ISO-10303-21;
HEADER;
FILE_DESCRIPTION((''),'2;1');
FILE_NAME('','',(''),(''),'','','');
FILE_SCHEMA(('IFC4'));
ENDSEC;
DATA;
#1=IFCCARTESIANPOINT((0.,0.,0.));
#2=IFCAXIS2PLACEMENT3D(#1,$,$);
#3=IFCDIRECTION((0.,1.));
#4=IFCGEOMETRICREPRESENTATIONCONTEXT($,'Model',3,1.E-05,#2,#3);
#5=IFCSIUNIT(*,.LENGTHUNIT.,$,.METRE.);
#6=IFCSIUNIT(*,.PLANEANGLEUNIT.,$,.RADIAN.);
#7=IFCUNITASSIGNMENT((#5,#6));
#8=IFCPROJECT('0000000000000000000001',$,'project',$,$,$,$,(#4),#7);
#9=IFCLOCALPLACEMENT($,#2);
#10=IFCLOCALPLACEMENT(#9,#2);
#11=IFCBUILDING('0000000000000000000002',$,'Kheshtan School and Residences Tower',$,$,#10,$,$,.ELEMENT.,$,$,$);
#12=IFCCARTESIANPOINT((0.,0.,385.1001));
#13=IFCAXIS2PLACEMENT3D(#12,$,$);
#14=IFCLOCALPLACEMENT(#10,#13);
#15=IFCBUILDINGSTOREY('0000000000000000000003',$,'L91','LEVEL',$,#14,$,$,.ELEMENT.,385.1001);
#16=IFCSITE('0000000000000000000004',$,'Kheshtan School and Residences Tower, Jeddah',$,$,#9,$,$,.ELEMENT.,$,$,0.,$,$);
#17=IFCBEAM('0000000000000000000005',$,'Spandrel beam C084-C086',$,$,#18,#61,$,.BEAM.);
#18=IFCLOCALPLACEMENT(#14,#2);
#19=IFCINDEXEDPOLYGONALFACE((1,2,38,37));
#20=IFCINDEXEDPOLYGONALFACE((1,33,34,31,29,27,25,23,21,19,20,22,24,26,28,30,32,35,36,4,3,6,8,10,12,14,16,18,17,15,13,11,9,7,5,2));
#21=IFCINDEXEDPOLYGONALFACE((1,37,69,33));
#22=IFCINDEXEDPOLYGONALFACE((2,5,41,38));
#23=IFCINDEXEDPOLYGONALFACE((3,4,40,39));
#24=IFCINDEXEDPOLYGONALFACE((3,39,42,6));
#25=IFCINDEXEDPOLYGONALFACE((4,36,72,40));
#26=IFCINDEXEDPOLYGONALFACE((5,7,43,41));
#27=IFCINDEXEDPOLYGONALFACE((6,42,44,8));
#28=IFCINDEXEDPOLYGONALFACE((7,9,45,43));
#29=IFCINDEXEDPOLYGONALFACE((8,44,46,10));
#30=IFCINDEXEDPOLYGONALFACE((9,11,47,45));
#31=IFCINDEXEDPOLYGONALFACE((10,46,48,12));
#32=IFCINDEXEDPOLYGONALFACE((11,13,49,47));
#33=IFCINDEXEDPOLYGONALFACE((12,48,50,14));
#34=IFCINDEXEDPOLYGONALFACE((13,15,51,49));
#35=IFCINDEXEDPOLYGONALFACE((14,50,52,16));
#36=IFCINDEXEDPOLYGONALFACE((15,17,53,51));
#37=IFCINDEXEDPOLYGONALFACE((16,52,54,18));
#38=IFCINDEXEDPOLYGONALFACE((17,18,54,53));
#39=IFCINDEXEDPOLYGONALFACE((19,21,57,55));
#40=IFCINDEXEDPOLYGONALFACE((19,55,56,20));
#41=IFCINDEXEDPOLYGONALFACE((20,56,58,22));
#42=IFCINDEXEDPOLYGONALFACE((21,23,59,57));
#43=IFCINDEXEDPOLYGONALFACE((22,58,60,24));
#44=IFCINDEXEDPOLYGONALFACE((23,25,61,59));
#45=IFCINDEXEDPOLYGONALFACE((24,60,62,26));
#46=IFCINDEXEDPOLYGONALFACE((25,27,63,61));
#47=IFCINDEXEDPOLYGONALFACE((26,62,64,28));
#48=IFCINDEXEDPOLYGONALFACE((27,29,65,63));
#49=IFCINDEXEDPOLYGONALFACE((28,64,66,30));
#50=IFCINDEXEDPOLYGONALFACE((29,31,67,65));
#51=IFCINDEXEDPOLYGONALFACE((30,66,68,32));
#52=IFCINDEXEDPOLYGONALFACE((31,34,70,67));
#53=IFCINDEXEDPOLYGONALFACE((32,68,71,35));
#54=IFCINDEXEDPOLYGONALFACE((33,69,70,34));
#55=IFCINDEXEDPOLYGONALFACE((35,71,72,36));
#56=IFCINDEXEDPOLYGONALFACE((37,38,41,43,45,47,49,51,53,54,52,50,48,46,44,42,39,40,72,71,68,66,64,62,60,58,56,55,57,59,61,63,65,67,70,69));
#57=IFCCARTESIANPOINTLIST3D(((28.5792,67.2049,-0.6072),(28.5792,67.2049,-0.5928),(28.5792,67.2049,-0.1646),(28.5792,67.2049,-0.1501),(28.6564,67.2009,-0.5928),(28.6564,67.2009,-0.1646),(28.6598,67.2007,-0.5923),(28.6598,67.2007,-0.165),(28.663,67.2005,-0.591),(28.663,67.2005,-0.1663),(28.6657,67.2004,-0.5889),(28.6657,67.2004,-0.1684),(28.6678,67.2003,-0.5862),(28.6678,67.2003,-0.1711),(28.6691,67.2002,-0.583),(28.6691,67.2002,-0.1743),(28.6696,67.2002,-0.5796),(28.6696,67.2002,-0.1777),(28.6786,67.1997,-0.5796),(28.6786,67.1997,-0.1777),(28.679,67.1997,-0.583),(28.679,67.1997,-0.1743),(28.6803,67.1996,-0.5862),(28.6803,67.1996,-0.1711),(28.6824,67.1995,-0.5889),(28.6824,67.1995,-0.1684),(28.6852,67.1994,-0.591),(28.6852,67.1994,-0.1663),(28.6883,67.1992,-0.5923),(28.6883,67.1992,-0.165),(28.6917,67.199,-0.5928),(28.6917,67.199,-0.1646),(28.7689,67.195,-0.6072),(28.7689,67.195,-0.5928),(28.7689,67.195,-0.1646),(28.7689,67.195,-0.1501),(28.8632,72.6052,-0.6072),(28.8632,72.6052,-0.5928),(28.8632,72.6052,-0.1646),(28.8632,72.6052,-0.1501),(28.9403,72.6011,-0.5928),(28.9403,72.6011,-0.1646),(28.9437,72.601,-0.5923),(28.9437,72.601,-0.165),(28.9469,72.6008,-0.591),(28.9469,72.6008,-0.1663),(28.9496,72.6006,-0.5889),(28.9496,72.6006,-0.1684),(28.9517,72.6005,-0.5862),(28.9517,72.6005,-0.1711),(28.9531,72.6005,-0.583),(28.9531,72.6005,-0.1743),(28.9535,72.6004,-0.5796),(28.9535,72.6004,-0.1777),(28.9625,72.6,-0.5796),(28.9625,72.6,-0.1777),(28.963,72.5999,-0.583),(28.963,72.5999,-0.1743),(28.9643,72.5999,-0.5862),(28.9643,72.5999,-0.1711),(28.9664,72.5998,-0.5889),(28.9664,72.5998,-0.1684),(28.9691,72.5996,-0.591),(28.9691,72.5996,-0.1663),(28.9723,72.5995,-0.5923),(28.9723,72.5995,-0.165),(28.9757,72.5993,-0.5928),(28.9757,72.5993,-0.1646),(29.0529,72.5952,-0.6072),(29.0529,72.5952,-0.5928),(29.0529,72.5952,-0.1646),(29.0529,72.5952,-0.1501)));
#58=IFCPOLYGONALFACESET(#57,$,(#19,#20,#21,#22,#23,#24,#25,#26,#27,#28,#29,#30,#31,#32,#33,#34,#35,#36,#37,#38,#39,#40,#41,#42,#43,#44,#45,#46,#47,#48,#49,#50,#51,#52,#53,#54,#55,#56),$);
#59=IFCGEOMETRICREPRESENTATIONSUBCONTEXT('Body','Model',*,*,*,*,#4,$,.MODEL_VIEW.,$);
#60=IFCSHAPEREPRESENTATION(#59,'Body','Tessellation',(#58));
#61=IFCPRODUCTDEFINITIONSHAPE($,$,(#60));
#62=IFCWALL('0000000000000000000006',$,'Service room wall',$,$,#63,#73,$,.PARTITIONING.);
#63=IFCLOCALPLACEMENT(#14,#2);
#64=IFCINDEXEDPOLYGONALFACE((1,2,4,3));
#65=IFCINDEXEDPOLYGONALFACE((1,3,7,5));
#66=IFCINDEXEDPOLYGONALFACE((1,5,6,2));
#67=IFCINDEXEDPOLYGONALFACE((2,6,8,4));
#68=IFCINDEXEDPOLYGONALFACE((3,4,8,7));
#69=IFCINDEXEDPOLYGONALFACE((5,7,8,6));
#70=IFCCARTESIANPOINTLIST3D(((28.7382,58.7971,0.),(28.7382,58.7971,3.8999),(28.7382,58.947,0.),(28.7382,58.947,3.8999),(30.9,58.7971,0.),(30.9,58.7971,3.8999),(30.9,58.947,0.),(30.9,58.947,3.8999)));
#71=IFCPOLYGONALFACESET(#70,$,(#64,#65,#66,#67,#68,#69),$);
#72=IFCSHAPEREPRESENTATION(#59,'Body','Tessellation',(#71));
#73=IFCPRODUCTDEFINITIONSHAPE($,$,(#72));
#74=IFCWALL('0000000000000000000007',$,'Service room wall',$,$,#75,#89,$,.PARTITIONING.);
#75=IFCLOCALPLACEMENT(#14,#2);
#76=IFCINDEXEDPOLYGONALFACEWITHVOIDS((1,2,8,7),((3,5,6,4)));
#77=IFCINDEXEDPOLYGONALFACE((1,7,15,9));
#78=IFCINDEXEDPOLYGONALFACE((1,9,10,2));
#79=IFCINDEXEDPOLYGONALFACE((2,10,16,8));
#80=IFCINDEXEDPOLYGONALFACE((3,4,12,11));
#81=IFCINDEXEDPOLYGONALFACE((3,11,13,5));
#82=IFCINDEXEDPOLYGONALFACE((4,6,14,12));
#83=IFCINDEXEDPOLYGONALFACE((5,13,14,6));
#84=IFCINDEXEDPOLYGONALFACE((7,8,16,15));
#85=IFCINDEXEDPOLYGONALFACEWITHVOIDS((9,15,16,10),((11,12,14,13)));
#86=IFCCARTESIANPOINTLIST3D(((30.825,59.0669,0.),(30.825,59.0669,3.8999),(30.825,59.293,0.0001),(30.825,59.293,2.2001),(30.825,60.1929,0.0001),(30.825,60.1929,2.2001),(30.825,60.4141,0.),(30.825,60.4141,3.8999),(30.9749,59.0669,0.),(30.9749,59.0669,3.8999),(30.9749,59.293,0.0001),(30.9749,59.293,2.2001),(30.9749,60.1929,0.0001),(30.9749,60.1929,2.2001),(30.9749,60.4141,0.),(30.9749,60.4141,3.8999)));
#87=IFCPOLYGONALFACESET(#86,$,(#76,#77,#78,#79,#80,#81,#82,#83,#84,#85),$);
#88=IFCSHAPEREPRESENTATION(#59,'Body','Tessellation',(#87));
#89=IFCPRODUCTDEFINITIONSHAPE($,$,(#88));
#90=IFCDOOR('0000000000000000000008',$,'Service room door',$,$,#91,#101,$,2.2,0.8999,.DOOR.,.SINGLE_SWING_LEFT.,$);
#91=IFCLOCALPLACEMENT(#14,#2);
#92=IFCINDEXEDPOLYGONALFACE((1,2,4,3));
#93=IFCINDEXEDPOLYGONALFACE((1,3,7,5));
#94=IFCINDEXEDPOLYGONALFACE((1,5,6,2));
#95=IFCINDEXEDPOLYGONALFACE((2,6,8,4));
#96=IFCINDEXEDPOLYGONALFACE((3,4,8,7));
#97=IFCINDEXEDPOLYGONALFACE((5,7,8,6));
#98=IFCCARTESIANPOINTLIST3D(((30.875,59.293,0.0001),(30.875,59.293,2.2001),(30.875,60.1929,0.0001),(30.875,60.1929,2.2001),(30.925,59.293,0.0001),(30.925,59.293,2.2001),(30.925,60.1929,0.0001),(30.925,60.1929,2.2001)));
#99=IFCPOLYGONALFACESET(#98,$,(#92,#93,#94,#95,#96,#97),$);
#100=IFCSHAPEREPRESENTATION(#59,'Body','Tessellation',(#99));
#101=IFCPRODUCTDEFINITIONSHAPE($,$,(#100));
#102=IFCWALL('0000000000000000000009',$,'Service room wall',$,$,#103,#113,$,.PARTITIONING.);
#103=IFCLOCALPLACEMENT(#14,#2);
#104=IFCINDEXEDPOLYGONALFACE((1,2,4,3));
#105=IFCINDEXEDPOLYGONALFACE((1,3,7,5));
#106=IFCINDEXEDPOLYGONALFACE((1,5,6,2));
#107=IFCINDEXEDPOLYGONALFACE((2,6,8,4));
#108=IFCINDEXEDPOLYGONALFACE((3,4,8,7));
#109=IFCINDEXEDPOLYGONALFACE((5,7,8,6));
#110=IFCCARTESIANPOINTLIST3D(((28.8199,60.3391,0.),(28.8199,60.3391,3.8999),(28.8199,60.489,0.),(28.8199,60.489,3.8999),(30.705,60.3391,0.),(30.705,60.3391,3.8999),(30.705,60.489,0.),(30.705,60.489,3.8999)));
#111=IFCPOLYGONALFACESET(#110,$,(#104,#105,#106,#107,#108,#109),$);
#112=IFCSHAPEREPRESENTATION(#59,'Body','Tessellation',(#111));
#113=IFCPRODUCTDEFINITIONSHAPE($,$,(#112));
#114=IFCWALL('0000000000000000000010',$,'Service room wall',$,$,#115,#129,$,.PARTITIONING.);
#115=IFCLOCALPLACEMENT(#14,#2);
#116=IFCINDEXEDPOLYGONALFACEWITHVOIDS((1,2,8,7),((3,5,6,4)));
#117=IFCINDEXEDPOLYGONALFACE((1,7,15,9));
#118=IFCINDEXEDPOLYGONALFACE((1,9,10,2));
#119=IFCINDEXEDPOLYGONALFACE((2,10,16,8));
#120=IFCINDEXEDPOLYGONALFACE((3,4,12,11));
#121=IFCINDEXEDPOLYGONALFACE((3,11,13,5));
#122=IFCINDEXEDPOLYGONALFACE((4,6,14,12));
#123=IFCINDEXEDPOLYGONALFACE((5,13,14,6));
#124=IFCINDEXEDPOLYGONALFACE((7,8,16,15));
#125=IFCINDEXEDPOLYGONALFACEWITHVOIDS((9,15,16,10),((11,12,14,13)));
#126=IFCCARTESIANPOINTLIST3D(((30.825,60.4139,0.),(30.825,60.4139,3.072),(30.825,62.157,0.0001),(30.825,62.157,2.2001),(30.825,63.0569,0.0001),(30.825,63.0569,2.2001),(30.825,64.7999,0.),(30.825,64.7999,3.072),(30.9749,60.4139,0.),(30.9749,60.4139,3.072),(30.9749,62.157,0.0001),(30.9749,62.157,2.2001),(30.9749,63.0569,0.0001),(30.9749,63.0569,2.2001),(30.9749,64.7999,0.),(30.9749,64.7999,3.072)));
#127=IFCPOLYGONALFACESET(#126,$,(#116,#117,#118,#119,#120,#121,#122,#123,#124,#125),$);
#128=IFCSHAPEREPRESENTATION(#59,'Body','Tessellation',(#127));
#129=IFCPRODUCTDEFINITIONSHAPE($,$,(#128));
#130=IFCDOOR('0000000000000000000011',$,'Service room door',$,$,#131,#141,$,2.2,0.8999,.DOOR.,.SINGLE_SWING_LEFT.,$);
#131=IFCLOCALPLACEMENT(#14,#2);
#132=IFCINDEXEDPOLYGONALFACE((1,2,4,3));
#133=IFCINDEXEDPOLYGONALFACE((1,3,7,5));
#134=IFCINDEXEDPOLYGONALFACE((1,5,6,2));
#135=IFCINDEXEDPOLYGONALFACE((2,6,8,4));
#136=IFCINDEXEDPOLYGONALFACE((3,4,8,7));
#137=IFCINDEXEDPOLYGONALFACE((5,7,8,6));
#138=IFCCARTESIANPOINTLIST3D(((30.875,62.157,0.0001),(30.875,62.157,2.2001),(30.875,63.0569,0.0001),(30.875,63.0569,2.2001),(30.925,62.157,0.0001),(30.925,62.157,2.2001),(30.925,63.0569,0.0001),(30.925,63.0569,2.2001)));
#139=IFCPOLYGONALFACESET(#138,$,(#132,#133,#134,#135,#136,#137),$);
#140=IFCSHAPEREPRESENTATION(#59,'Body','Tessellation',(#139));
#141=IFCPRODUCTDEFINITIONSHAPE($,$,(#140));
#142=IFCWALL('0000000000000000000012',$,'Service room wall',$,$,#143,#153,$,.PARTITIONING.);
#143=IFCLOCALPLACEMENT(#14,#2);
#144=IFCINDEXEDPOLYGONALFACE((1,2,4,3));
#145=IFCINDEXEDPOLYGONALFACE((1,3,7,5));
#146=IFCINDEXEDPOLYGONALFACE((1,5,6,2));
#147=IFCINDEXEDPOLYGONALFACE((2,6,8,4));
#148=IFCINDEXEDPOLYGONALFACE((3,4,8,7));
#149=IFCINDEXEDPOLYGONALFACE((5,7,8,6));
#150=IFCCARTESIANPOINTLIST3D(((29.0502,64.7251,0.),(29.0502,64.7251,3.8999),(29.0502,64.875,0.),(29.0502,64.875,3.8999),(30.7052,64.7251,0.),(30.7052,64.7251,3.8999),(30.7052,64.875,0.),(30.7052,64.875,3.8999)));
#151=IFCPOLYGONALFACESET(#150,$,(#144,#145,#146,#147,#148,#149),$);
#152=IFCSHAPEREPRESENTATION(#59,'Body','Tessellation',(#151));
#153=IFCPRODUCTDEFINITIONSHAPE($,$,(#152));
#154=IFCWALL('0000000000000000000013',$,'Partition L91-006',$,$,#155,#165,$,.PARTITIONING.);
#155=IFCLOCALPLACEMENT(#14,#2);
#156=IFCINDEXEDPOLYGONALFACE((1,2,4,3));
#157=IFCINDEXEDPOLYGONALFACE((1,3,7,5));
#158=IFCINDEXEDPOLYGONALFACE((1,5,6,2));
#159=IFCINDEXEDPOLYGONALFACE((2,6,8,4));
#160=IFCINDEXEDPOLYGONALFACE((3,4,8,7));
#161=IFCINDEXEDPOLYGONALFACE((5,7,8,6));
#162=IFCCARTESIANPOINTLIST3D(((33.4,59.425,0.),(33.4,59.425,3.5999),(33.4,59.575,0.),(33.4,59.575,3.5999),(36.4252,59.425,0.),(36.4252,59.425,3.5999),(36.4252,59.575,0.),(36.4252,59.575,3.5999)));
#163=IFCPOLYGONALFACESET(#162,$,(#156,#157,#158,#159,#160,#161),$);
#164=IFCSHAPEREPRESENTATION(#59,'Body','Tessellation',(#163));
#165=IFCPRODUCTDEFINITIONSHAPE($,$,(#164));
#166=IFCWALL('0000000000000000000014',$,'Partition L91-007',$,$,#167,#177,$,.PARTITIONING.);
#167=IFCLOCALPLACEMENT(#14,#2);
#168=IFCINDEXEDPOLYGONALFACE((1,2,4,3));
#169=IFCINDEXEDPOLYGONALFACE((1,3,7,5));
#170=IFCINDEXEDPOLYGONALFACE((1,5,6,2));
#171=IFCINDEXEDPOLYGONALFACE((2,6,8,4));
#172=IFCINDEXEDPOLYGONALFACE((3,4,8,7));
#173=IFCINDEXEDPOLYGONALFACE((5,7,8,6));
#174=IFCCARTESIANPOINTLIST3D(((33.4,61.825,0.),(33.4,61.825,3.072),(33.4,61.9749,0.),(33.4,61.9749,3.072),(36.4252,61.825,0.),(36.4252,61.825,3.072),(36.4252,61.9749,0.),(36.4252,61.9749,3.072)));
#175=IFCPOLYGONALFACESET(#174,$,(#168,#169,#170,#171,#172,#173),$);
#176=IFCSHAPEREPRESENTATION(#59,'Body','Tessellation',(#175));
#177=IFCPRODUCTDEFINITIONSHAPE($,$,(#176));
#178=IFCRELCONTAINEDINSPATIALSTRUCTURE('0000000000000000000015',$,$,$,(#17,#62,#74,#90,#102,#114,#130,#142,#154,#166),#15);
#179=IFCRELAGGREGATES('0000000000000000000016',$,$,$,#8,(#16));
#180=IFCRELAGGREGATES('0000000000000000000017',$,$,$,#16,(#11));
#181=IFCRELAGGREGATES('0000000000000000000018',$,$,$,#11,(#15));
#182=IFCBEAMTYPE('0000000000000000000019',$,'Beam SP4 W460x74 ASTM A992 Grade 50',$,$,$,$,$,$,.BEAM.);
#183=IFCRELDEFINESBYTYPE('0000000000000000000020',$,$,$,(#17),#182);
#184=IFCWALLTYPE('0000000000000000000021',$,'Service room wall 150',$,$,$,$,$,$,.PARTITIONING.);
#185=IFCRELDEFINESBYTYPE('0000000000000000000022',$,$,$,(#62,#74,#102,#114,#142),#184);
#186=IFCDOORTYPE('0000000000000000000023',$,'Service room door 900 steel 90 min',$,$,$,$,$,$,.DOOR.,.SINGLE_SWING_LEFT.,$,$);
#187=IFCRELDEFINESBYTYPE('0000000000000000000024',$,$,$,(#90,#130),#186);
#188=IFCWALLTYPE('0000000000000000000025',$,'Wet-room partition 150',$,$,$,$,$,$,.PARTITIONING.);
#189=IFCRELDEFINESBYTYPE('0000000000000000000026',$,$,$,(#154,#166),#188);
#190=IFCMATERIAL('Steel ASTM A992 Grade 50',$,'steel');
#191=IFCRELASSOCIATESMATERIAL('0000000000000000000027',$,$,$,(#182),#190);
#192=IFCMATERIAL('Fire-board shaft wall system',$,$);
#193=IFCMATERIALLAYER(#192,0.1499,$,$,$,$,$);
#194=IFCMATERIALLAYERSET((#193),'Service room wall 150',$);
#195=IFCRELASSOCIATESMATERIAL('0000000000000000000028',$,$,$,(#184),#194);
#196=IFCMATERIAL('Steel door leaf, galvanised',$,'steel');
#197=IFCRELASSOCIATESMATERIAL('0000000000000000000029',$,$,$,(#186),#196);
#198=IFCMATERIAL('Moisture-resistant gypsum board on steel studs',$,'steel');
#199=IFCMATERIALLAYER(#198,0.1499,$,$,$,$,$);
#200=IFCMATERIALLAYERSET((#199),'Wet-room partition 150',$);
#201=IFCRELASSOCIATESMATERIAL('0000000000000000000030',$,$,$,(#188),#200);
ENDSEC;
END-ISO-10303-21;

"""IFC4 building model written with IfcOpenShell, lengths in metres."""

from ifc_helpers import new_model, si_unit, direction, frame, frame_2d, origin, origin_2d, place, context, subcontext, project, spatial, rectangle, i_section, extrude, source, transform, mapped, material, layer, layer_set, material_profile, profile_set, type_object, element, fill, save


model = new_model("IFC4")

# Units and contexts
model_context = context("Model", 3, precision=1e-05, world=origin(), true_north=direction((0.0, 1.0)))
body_context = subcontext(model_context, "Body", "Model", "MODEL_VIEW")
ifc_project = project(units=[si_unit("LENGTHUNIT", "METRE"), si_unit("PLANEANGLEUNIT", "RADIAN")], contexts=[model_context])

# Site, building, storey
site_placement = place(None, origin())
site = spatial("IfcSite", under=ifc_project, at=site_placement, Name="Kheshtan School and Residences Tower, Jeddah", CompositionType="ELEMENT", RefElevation=0.0)
building_placement = place(site_placement, origin())
building = spatial("IfcBuilding", under=site, at=building_placement, Name="Kheshtan School and Residences Tower", CompositionType="ELEMENT")
storey_placement = place(building_placement, frame((0.0, 0.0, 385.1001)))
storey = spatial("IfcBuildingStorey", under=building, at=storey_placement, Name="L91", Description="LEVEL", CompositionType="ELEMENT", Elevation=385.1001)

# Shared definitions
ifc_material_1 = material(Name="Steel ASTM A992 Grade 50", Category="steel")

# Beam
ifc_material_profile_1 = material_profile(ifc_material_1, i_section(OverallWidth=0.1899, OverallDepth=0.457, WebThickness=0.009, FlangeThickness=0.0144, FilletRadius=0.0132, at=origin_2d()), Name="W460x74")
ifc_profile_set_1 = profile_set([ifc_material_profile_1], Name="Steel ASTM A992 Grade 50")
beam_type_1 = type_object("IfcBeamType", Name="Beam SP4 W460x74 ASTM A992 Grade 50", PredefinedType="BEAM", material=ifc_profile_set_1)
beam_1_placement = place(storey_placement, frame((28.6741, 67.2, -0.3787), z_axis=(0.052507, 0.998621, 0.0), x_axis=(-0.998621, 0.052507, 0.0)))
element("IfcBeam", 1, at=beam_1_placement, inside=storey, type_object=beam_type_1, Name="Spandrel beam C084-C086", PredefinedType="BEAM", context=body_context, shape_type="SweptSolid", body=[
    extrude(i_section(OverallWidth=0.1899, OverallDepth=0.457, WebThickness=0.009, FlangeThickness=0.0144, FilletRadius=0.0132, at=origin_2d()), origin(), (0.0, 0.0, 1.0), 5.4077),
])

# Wall
ifc_material_2 = material(Name="Fire-board shaft wall system")
ifc_layer_1 = layer(ifc_material_2, 0.1499)
ifc_layer_set_1 = layer_set([ifc_layer_1], Name="Service room wall 150")
wall_type_1 = type_object("IfcWallType", Name="Service room wall 150", PredefinedType="PARTITIONING", material=ifc_layer_set_1)
wall_1_placement = place(storey_placement, frame((28.738, 58.8721, 0.0), z_axis=(0.0, 0.0, 1.0), x_axis=(1.0, 0.0, 0.0)))
element("IfcWall", 2, at=wall_1_placement, inside=storey, type_object=wall_type_1, Name="Service room wall", PredefinedType="PARTITIONING", context=body_context, shape_type="SweptSolid", body=[
    extrude(rectangle(XDim=2.1619, YDim=0.1499, at=frame_2d((1.0811, 0.0))), origin(), (0.0, 0.0, 1.0), 3.8999),
])

# Wall, opening, door
wall_2_placement = place(storey_placement, frame((30.8999, 59.0669, 0.0), z_axis=(0.0, 0.0, 1.0), x_axis=(0.0, 1.0, 0.0)))
wall_2 = element("IfcWall", 3, at=wall_2_placement, inside=storey, type_object=wall_type_1, Name="Service room wall", PredefinedType="PARTITIONING", context=body_context, shape_type="SweptSolid", body=[
    extrude(rectangle(XDim=1.3472, YDim=0.1499, at=frame_2d((0.6736, 0.0))), origin(), (0.0, 0.0, 1.0), 3.8999),
])
opening_1_placement = place(wall_2_placement, frame((0.2261, 0.0, 0.0)))
opening_1 = element("IfcOpeningElement", 4, at=opening_1_placement, cuts=wall_2, PredefinedType="OPENING", context=body_context, shape_type="SweptSolid", body=[
    extrude(rectangle(XDim=0.8999, YDim=2.2, at=frame_2d((0.45, 1.1001))), frame((0.0, 0.085, 0.0), z_axis=(0.0, -1.0, 0.0), x_axis=(1.0, 0.0, 0.0)), (0.0, 0.0, 1.0), 0.1699),
])
ifc_material_3 = material(Name="Steel door leaf, galvanised", Category="steel")
door_type_1 = type_object("IfcDoorType", Name="Service room door 900 steel 90 min", OperationType="SINGLE_SWING_LEFT", PredefinedType="DOOR", material=ifc_material_3)
shared_shape_1 = source(origin(), body_context, "Body", "SweptSolid", [
    extrude(rectangle(XDim=0.8999, YDim=2.2, at=frame_2d((0.45, 1.1001))), frame((0.0, 0.0249, 0.0), z_axis=(0.0, -1.0, 0.0), x_axis=(1.0, 0.0, 0.0)), (0.0, 0.0, 1.0), 0.05),
])
door_1_placement = place(opening_1_placement, origin())
door_1 = element("IfcDoor", 5, at=door_1_placement, inside=storey, type_object=door_type_1, Name="Service room door", OperationType="SINGLE_SWING_LEFT", OverallHeight=2.2, OverallWidth=0.8999, PredefinedType="DOOR", context=body_context, shape_type="MappedRepresentation", body=[
    mapped(shared_shape_1, transform((0.0, 0.0, 0.0), x_axis=(1.0, 0.0, 0.0), y_axis=(0.0, 1.0, 0.0), z_axis=(0.0, 0.0, 1.0), scale=1.0)),
])
fill(opening_1, door_1)

# Wall
wall_3_placement = place(storey_placement, frame((28.8201, 60.4141, 0.0), z_axis=(0.0, 0.0, 1.0), x_axis=(1.0, 0.0, 0.0)))
element("IfcWall", 6, at=wall_3_placement, inside=storey, type_object=wall_type_1, Name="Service room wall", PredefinedType="PARTITIONING", context=body_context, shape_type="SweptSolid", body=[
    extrude(rectangle(XDim=1.885, YDim=0.1499, at=frame_2d((0.9424, 0.0))), origin(), (0.0, 0.0, 1.0), 3.8999),
])

# Wall, opening, door
wall_4_placement = place(storey_placement, frame((30.8999, 60.4141, 0.0), z_axis=(0.0, 0.0, 1.0), x_axis=(0.0, 1.0, 0.0)))
wall_4 = element("IfcWall", 7, at=wall_4_placement, inside=storey, type_object=wall_type_1, Name="Service room wall", PredefinedType="PARTITIONING", context=body_context, shape_type="SweptSolid", body=[
    extrude(rectangle(XDim=4.386, YDim=0.1499, at=frame_2d((2.1929, 0.0))), origin(), (0.0, 0.0, 1.0), 3.072),
])
opening_2_placement = place(wall_4_placement, frame((1.7429, 0.0, 0.0)))
opening_2 = element("IfcOpeningElement", 8, at=opening_2_placement, cuts=wall_4, PredefinedType="OPENING", context=body_context, shape_type="SweptSolid", body=[
    extrude(rectangle(XDim=0.8999, YDim=2.2, at=frame_2d((0.45, 1.1001))), frame((0.0, 0.085, 0.0), z_axis=(0.0, -1.0, 0.0), x_axis=(1.0, 0.0, 0.0)), (0.0, 0.0, 1.0), 0.1699),
])
door_2_placement = place(opening_2_placement, origin())
door_2 = element("IfcDoor", 9, at=door_2_placement, inside=storey, type_object=door_type_1, Name="Service room door", OperationType="SINGLE_SWING_LEFT", OverallHeight=2.2, OverallWidth=0.8999, PredefinedType="DOOR", context=body_context, shape_type="MappedRepresentation", body=[
    mapped(shared_shape_1, transform((0.0, 0.0, 0.0), x_axis=(1.0, 0.0, 0.0), y_axis=(0.0, 1.0, 0.0), z_axis=(0.0, 0.0, 1.0), scale=1.0)),
])
fill(opening_2, door_2)

# Walls
wall_5_placement = place(storey_placement, frame((29.05, 64.8, 0.0), z_axis=(0.0, 0.0, 1.0), x_axis=(1.0, 0.0, 0.0)))
element("IfcWall", 10, at=wall_5_placement, inside=storey, type_object=wall_type_1, Name="Service room wall", PredefinedType="PARTITIONING", context=body_context, shape_type="SweptSolid", body=[
    extrude(rectangle(XDim=1.655, YDim=0.1499, at=frame_2d((0.8276, 0.0))), origin(), (0.0, 0.0, 1.0), 3.8999),
])
ifc_material_4 = material(Name="Moisture-resistant gypsum board on steel studs", Category="steel")
ifc_layer_2 = layer(ifc_material_4, 0.1499)
ifc_layer_set_2 = layer_set([ifc_layer_2], Name="Wet-room partition 150")
wall_type_2 = type_object("IfcWallType", Name="Wet-room partition 150", PredefinedType="PARTITIONING", material=ifc_layer_set_2)
wall_6_placement = place(storey_placement, frame((33.3999, 59.5, 0.0), z_axis=(0.0, 0.0, 1.0), x_axis=(1.0, 0.0, 0.0)))
element("IfcWall", 11, at=wall_6_placement, inside=storey, type_object=wall_type_2, Name="Partition L91-006", PredefinedType="PARTITIONING", context=body_context, shape_type="SweptSolid", body=[
    extrude(rectangle(XDim=3.0251, YDim=0.1499, at=frame_2d((1.5127, 0.0))), origin(), (0.0, 0.0, 1.0), 3.5999),
])
wall_7_placement = place(storey_placement, frame((33.3999, 61.8999, 0.0), z_axis=(0.0, 0.0, 1.0), x_axis=(1.0, 0.0, 0.0)))
element("IfcWall", 12, at=wall_7_placement, inside=storey, type_object=wall_type_2, Name="Partition L91-007", PredefinedType="PARTITIONING", context=body_context, shape_type="SweptSolid", body=[
    extrude(rectangle(XDim=3.0251, YDim=0.1499, at=frame_2d((1.5127, 0.0))), origin(), (0.0, 0.0, 1.0), 3.072),
])

save(model, "model.ifc")
